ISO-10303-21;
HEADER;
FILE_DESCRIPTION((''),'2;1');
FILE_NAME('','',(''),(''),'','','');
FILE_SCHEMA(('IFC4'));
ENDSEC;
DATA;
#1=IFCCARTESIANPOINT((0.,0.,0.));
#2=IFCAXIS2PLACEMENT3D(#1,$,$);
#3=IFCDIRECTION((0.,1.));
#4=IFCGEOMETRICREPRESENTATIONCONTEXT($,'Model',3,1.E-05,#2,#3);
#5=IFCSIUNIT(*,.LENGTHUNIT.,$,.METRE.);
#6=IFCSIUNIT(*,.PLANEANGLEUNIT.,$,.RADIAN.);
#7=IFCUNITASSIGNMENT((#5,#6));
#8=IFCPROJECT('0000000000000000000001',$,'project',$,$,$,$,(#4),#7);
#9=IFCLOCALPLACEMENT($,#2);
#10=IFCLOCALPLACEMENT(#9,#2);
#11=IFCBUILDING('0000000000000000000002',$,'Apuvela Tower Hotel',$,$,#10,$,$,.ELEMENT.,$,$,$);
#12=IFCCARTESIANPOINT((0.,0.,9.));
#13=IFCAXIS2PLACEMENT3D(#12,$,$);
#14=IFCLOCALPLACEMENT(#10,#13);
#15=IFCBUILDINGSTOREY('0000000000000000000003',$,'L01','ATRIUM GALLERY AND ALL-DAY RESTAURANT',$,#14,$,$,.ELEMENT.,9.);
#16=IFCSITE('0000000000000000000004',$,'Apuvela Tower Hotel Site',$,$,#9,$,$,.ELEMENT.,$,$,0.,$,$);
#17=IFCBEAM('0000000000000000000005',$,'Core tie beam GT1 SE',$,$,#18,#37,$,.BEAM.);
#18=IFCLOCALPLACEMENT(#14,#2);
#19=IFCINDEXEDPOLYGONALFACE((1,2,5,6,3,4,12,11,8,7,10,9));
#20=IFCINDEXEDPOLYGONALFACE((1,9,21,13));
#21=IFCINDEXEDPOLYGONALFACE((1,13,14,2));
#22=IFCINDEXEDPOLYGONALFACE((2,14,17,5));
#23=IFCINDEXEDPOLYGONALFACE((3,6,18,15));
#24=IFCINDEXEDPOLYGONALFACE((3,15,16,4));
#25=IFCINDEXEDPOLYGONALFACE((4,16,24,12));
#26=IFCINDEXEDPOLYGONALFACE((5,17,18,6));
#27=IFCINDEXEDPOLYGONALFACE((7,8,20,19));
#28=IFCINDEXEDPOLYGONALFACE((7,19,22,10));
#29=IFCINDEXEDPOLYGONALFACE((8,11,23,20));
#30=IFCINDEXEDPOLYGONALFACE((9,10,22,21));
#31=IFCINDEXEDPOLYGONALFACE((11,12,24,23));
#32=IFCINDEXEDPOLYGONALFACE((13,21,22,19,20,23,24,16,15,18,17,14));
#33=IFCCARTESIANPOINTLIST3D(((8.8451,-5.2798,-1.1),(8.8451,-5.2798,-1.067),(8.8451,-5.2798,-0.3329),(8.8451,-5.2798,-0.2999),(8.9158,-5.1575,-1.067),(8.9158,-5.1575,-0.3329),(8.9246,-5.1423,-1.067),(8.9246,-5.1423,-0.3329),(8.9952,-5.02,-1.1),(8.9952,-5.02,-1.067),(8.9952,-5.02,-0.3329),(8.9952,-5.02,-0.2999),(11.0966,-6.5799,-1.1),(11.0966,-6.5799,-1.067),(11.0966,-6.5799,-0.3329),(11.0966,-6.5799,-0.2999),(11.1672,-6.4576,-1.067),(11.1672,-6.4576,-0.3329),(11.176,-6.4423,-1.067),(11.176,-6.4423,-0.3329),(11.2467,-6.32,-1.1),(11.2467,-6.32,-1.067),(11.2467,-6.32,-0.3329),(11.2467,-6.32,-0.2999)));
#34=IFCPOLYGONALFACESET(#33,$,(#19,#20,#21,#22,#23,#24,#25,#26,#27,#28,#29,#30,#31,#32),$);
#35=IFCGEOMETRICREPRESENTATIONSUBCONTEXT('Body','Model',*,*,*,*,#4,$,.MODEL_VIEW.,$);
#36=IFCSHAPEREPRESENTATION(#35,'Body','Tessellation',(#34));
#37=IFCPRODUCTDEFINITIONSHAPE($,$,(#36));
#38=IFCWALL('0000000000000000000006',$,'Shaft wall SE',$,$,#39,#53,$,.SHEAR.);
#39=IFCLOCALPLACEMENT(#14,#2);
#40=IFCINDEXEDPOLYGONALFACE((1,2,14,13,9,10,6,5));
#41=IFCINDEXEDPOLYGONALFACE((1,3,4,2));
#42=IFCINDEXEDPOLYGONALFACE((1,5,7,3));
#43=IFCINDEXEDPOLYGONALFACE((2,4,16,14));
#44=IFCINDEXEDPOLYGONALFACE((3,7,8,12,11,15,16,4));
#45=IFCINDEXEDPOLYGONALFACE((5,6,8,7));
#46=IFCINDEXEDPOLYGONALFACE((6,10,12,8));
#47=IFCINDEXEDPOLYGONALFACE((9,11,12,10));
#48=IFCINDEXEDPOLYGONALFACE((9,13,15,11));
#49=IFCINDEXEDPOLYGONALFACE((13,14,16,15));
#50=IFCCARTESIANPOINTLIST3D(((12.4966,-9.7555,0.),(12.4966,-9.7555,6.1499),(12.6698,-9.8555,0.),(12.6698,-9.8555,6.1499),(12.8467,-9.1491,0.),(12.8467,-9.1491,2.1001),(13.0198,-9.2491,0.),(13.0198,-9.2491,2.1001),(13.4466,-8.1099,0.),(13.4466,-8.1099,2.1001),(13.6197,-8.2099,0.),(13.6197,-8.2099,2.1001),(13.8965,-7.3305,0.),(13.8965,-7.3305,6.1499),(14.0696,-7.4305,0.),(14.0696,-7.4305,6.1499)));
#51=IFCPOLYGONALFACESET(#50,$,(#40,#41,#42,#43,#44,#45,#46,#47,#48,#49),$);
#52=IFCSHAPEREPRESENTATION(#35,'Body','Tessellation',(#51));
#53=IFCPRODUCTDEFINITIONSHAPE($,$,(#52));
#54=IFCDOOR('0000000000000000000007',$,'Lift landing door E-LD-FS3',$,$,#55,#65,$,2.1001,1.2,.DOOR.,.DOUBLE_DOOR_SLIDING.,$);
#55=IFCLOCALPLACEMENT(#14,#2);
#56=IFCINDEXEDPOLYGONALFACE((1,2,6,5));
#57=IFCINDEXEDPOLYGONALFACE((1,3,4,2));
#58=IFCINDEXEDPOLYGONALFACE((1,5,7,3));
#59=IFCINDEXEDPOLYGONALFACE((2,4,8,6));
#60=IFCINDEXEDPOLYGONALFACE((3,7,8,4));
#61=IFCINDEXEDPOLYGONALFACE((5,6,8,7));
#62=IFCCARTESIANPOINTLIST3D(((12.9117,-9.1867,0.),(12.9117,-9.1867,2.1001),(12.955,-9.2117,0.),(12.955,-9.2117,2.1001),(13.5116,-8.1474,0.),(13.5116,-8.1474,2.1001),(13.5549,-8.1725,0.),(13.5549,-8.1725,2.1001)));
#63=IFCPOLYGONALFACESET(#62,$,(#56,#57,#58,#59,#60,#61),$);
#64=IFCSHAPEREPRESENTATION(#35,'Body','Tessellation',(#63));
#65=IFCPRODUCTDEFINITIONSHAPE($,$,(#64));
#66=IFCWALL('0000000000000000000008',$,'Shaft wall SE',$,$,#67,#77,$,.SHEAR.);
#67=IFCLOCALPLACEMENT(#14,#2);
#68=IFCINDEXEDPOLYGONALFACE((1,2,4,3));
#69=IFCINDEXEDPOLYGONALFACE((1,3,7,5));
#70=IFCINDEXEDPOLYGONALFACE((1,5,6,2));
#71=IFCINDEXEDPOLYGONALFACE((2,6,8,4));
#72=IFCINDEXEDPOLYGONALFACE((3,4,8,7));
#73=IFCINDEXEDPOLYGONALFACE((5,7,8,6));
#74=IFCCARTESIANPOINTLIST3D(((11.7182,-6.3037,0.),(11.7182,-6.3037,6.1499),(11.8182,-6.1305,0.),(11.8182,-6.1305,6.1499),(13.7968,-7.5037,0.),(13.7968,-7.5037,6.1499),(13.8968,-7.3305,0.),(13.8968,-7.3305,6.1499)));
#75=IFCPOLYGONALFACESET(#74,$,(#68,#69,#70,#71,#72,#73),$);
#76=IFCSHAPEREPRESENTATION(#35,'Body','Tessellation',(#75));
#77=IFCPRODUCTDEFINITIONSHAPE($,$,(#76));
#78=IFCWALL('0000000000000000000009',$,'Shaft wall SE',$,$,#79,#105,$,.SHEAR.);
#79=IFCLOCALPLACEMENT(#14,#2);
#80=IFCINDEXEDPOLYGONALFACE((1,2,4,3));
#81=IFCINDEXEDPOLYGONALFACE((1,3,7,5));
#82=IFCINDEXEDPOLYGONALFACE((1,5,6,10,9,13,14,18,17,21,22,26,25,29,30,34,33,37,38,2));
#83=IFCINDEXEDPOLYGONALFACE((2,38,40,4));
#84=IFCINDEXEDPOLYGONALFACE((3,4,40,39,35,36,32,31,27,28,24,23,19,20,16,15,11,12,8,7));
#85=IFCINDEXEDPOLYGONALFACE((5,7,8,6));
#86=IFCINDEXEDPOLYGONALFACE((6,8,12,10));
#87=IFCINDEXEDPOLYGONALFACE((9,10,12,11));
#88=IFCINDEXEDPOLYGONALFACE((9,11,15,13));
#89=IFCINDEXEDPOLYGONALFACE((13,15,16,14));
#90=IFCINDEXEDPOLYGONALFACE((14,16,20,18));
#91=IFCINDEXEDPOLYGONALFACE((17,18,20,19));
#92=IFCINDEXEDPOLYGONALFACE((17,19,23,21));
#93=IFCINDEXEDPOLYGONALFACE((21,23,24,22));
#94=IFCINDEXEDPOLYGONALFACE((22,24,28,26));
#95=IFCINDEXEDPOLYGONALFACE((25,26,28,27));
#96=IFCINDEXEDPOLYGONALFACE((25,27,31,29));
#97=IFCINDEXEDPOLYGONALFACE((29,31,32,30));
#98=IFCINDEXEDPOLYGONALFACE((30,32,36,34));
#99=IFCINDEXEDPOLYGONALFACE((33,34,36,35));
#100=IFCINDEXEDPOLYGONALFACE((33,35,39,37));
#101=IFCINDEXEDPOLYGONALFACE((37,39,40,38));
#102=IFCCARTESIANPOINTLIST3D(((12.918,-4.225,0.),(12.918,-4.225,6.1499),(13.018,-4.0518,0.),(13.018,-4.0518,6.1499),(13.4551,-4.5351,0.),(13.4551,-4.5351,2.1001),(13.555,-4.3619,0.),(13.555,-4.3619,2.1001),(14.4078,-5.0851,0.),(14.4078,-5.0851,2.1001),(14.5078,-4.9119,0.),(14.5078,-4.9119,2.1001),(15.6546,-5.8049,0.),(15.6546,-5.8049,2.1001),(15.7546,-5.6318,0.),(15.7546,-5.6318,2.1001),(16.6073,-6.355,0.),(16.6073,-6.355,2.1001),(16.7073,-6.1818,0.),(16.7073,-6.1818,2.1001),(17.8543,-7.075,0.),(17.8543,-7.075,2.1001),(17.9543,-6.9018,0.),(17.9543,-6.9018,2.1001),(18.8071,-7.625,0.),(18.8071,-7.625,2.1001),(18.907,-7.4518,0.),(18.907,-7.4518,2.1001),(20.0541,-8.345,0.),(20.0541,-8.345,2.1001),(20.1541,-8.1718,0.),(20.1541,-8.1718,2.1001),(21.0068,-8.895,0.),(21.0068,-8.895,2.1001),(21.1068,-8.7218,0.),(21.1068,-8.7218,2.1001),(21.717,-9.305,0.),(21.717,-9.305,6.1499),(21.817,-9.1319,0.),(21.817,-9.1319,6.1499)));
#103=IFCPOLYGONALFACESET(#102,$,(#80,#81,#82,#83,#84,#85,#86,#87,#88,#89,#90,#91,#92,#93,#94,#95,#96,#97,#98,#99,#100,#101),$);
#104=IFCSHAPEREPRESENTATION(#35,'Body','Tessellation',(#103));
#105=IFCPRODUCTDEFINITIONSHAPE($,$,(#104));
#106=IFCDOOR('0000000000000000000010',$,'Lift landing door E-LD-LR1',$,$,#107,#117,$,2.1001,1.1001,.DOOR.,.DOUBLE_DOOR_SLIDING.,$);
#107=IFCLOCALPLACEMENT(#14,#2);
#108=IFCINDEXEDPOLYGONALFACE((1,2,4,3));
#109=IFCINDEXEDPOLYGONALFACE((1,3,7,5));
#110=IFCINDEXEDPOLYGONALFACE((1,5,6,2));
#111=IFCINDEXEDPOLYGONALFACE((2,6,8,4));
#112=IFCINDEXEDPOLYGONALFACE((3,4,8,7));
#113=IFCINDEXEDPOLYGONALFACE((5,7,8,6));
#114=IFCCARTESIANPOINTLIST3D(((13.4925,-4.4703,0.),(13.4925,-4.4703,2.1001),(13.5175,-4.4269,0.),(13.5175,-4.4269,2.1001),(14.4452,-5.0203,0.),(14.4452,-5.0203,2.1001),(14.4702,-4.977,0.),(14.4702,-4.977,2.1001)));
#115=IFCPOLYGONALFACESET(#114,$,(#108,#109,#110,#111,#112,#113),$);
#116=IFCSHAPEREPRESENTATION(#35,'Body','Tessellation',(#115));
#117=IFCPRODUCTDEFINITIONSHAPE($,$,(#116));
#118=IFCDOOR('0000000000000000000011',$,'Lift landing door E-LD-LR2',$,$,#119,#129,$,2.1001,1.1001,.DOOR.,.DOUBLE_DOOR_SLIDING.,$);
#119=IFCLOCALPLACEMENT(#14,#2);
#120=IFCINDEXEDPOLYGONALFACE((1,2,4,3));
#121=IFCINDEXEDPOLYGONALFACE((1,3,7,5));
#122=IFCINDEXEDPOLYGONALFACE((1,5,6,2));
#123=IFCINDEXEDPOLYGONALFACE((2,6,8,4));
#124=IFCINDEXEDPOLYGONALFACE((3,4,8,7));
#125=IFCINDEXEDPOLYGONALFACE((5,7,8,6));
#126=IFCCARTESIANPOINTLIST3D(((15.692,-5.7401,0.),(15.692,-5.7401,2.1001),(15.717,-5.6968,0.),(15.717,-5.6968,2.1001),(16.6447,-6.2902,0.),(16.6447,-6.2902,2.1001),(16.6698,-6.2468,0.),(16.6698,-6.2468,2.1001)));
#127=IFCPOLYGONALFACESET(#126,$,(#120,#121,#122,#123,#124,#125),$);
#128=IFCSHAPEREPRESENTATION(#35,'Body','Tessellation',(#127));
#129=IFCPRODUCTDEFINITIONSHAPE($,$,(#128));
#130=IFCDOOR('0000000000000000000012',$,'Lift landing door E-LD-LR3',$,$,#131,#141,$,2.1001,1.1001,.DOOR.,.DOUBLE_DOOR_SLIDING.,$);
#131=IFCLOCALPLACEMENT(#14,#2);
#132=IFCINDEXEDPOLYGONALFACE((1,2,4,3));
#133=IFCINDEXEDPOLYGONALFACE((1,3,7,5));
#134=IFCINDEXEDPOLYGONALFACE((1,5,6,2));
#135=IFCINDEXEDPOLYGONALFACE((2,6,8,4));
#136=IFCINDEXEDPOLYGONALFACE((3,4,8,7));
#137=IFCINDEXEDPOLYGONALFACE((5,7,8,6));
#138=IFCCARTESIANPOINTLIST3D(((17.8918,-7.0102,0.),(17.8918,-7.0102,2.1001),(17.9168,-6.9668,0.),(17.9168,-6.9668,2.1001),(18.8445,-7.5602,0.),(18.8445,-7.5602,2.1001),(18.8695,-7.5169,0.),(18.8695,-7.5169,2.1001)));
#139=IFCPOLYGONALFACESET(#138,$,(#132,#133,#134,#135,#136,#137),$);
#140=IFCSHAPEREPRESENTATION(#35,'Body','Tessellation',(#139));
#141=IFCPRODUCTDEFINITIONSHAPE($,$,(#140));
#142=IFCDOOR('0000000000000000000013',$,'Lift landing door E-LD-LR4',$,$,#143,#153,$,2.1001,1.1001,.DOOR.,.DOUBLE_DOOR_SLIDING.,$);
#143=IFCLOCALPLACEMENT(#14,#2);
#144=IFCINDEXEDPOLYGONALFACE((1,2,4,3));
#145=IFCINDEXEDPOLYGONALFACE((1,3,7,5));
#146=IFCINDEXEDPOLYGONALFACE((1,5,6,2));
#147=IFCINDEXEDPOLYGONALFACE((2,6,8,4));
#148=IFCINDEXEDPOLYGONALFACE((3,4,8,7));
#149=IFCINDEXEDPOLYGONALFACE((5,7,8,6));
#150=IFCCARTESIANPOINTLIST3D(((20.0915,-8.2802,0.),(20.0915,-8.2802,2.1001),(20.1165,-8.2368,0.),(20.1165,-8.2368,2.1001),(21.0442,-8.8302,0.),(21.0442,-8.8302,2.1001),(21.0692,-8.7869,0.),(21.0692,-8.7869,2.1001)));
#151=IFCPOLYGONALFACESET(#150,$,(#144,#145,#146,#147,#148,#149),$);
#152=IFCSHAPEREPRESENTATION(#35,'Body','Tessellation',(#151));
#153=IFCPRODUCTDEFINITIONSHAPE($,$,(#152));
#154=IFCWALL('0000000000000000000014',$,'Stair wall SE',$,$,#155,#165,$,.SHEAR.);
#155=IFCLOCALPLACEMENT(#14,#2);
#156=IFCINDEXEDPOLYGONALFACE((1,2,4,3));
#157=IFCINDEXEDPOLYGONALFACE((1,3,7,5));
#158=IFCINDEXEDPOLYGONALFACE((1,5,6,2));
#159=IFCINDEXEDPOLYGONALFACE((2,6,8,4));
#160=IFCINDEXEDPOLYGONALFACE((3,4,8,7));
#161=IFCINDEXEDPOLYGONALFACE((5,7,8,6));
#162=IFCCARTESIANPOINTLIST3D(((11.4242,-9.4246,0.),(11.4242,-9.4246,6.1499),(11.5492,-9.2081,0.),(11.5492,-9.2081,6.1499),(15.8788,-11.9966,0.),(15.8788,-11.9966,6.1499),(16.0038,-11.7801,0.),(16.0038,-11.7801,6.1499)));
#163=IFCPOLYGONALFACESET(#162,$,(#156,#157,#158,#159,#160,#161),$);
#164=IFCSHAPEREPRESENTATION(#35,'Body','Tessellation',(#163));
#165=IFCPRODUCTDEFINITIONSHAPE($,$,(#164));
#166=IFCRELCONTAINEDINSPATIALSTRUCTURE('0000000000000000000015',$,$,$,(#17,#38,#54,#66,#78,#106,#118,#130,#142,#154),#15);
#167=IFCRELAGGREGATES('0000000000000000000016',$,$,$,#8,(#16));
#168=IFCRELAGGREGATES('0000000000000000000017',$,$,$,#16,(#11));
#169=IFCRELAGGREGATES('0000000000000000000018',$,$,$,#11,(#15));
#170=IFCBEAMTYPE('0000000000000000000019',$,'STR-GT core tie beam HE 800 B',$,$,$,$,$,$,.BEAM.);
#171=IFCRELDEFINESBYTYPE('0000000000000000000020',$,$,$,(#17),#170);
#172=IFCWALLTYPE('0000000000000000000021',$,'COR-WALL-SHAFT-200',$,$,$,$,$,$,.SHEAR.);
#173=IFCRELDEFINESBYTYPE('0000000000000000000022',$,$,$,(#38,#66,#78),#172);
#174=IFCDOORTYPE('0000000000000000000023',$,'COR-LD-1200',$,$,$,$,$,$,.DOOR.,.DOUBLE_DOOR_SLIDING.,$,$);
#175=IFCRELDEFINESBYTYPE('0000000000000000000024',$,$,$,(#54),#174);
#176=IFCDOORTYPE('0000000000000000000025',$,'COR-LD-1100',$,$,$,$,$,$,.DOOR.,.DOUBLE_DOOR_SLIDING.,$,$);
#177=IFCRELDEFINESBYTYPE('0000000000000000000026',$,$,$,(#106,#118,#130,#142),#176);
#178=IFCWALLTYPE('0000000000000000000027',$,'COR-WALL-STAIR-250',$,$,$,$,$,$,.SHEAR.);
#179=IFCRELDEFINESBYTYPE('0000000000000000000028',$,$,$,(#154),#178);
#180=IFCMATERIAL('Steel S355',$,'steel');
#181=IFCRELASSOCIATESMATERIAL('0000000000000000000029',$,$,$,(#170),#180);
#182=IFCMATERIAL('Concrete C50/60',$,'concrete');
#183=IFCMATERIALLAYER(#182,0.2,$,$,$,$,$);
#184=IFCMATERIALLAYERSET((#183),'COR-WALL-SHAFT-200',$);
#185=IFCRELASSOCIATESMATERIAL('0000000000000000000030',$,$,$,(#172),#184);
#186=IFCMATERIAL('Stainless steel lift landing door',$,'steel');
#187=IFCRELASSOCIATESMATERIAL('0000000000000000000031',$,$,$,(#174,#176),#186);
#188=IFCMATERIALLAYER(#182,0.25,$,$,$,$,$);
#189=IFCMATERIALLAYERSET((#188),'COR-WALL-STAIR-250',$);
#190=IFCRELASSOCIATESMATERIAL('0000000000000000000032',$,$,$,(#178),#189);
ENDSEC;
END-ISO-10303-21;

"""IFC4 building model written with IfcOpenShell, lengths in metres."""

from ifc_helpers import new_model, si_unit, direction, frame, frame_2d, origin, origin_2d, place, context, subcontext, project, spatial, rectangle, i_section, extrude, material, layer, layer_set, material_profile, profile_set, type_object, element, fill, save


model = new_model("IFC4")

# Units and contexts
model_context = context("Model", 3, precision=1e-05, world=origin(), true_north=direction((0.0, 1.0)))
body_context = subcontext(model_context, "Body", "Model", "MODEL_VIEW")
ifc_project = project(units=[si_unit("LENGTHUNIT", "METRE"), si_unit("PLANEANGLEUNIT", "RADIAN")], contexts=[model_context])

# Site, building, storey
site_placement = place(None, origin())
site = spatial("IfcSite", under=ifc_project, at=site_placement, Name="Apuvela Tower Hotel Site", CompositionType="ELEMENT", RefElevation=0.0)
building_placement = place(site_placement, origin())
building = spatial("IfcBuilding", under=site, at=building_placement, Name="Apuvela Tower Hotel", CompositionType="ELEMENT")
storey_placement = place(building_placement, frame((0.0, 0.0, 9.0)))
storey = spatial("IfcBuildingStorey", under=building, at=storey_placement, Name="L01", Description="ATRIUM GALLERY AND ALL-DAY RESTAURANT", CompositionType="ELEMENT", Elevation=9.0)

# Beam
ifc_material_1 = material(Name="Steel S355", Category="steel")
ifc_material_profile = material_profile(ifc_material_1, i_section(OverallWidth=0.3, OverallDepth=0.8, WebThickness=0.0176, FlangeThickness=0.033, at=origin_2d()), Name="HE 800 B")
ifc_profile_set = profile_set([ifc_material_profile], Name="Steel S355")
beam_type = type_object("IfcBeamType", Name="STR-GT core tie beam HE 800 B", PredefinedType="BEAM", material=ifc_profile_set)
beam_placement = place(storey_placement, frame((11.1716, -6.45, -0.7), z_axis=(-0.865998, 0.500048, 0.0), x_axis=(-0.500048, -0.865998, 0.0)))
element("IfcBeam", 1, at=beam_placement, inside=storey, type_object=beam_type, Name="Core tie beam GT1 SE", PredefinedType="BEAM", context=body_context, shape_type="SweptSolid", body=[
    extrude(i_section(OverallWidth=0.3, OverallDepth=0.8, WebThickness=0.0176, FlangeThickness=0.033, at=origin_2d()), origin(), (0.0, 0.0, 1.0), 2.5999),
])

# Wall, opening, door
ifc_material_2 = material(Name="Concrete C50/60", Category="concrete")
ifc_layer_1 = layer(ifc_material_2, 0.2)
ifc_layer_set_1 = layer_set([ifc_layer_1], Name="COR-WALL-SHAFT-200")
wall_type_1 = type_object("IfcWallType", Name="COR-WALL-SHAFT-200", PredefinedType="SHEAR", material=ifc_layer_set_1)
wall_1_placement = place(storey_placement, frame((12.5833, -9.8054, 0.0), z_axis=(0.0, 0.0, 1.0), x_axis=(0.499946, 0.866056, 0.0)))
wall_1 = element("IfcWall", 2, at=wall_1_placement, inside=storey, type_object=wall_type_1, Name="Shaft wall SE", PredefinedType="SHEAR", context=body_context, shape_type="SweptSolid", body=[
    extrude(rectangle(XDim=2.8, YDim=0.2, at=frame_2d((1.3999, 0.0))), origin(), (0.0, 0.0, 1.0), 6.1499),
])
opening_1_placement = place(wall_1_placement, frame((0.7, 0.0, 0.0)))
opening_1 = element("IfcOpeningElement", 3, at=opening_1_placement, cuts=wall_1, PredefinedType="OPENING", context=body_context, shape_type="SweptSolid", body=[
    extrude(rectangle(XDim=1.2, YDim=2.1001, at=frame_2d((0.6001, 1.05))), frame((0.0, 0.1099, 0.0), z_axis=(0.0, -1.0, 0.0), x_axis=(1.0, 0.0, 0.0)), (0.0, 0.0, 1.0), 0.22),
])
ifc_material_3 = material(Name="Stainless steel lift landing door", Category="steel")
door_type_1 = type_object("IfcDoorType", Name="COR-LD-1200", OperationType="DOUBLE_DOOR_SLIDING", PredefinedType="DOOR", material=ifc_material_3)
door_1_placement = place(opening_1_placement, origin())
door_1 = element("IfcDoor", 4, at=door_1_placement, inside=storey, type_object=door_type_1, Name="Lift landing door E-LD-FS3", OperationType="DOUBLE_DOOR_SLIDING", OverallHeight=2.1001, OverallWidth=1.2, PredefinedType="DOOR", context=body_context, shape_type="SweptSolid", body=[
    extrude(rectangle(XDim=1.2, YDim=2.1001, at=frame_2d((0.6001, 1.05))), frame((0.0, 0.0249, 0.0), z_axis=(0.0, -1.0, 0.0), x_axis=(1.0, 0.0, 0.0)), (0.0, 0.0, 1.0), 0.05),
])
fill(opening_1, door_1)

# Wall
wall_2_placement = place(storey_placement, frame((11.7681, -6.217, 0.0), z_axis=(0.0, 0.0, 1.0), x_axis=(0.86605, -0.499957, 0.0)))
element("IfcWall", 5, at=wall_2_placement, inside=storey, type_object=wall_type_1, Name="Shaft wall SE", PredefinedType="SHEAR", context=body_context, shape_type="SweptSolid", body=[
    extrude(rectangle(XDim=2.4001, YDim=0.2, at=frame_2d((1.2002, 0.0))), origin(), (0.0, 0.0, 1.0), 6.1499),
])

# Wall, openings, doors
wall_3_placement = place(storey_placement, frame((12.968, -4.1384, 0.0), z_axis=(0.0, 0.0, 1.0), x_axis=(0.866028, -0.499995, 0.0)))
wall_3 = element("IfcWall", 6, at=wall_3_placement, inside=storey, type_object=wall_type_1, Name="Shaft wall SE", PredefinedType="SHEAR", context=body_context, shape_type="SweptSolid", body=[
    extrude(rectangle(XDim=10.1602, YDim=0.2, at=frame_2d((5.0801, 0.0))), origin(), (0.0, 0.0, 1.0), 6.1499),
])
opening_2_placement = place(wall_3_placement, frame((0.6201, 0.0, 0.0)))
opening_2 = element("IfcOpeningElement", 7, at=opening_2_placement, cuts=wall_3, PredefinedType="OPENING", context=body_context, shape_type="SweptSolid", body=[
    extrude(rectangle(XDim=1.1001, YDim=2.1001, at=frame_2d((0.55, 1.05))), frame((0.0, 0.1099, 0.0), z_axis=(0.0, -1.0, 0.0), x_axis=(1.0, 0.0, 0.0)), (0.0, 0.0, 1.0), 0.22),
])
opening_3_placement = place(wall_3_placement, frame((3.1599, 0.0, 0.0)))
opening_3 = element("IfcOpeningElement", 8, at=opening_3_placement, cuts=wall_3, PredefinedType="OPENING", context=body_context, shape_type="SweptSolid", body=[
    extrude(rectangle(XDim=1.1001, YDim=2.1001, at=frame_2d((0.55, 1.05))), frame((0.0, 0.1099, 0.0), z_axis=(0.0, -1.0, 0.0), x_axis=(1.0, 0.0, 0.0)), (0.0, 0.0, 1.0), 0.22),
])
opening_4_placement = place(wall_3_placement, frame((5.7, 0.0, 0.0)))
opening_4 = element("IfcOpeningElement", 9, at=opening_4_placement, cuts=wall_3, PredefinedType="OPENING", context=body_context, shape_type="SweptSolid", body=[
    extrude(rectangle(XDim=1.1001, YDim=2.1001, at=frame_2d((0.55, 1.05))), frame((0.0, 0.1099, 0.0), z_axis=(0.0, -1.0, 0.0), x_axis=(1.0, 0.0, 0.0)), (0.0, 0.0, 1.0), 0.22),
])
opening_5_placement = place(wall_3_placement, frame((8.24, 0.0, 0.0)))
opening_5 = element("IfcOpeningElement", 10, at=opening_5_placement, cuts=wall_3, PredefinedType="OPENING", context=body_context, shape_type="SweptSolid", body=[
    extrude(rectangle(XDim=1.1001, YDim=2.1001, at=frame_2d((0.55, 1.05))), frame((0.0, 0.1099, 0.0), z_axis=(0.0, -1.0, 0.0), x_axis=(1.0, 0.0, 0.0)), (0.0, 0.0, 1.0), 0.22),
])
door_type_2 = type_object("IfcDoorType", Name="COR-LD-1100", OperationType="DOUBLE_DOOR_SLIDING", PredefinedType="DOOR", material=ifc_material_3)
door_2_placement = place(opening_2_placement, origin())
door_2 = element("IfcDoor", 11, at=door_2_placement, inside=storey, type_object=door_type_2, Name="Lift landing door E-LD-LR1", OperationType="DOUBLE_DOOR_SLIDING", OverallHeight=2.1001, OverallWidth=1.1001, PredefinedType="DOOR", context=body_context, shape_type="SweptSolid", body=[
    extrude(rectangle(XDim=1.1001, YDim=2.1001, at=frame_2d((0.55, 1.05))), frame((0.0, 0.0249, 0.0), z_axis=(0.0, -1.0, 0.0), x_axis=(1.0, 0.0, 0.0)), (0.0, 0.0, 1.0), 0.05),
])
fill(opening_2, door_2)
door_3_placement = place(opening_3_placement, origin())
door_3 = element("IfcDoor", 12, at=door_3_placement, inside=storey, type_object=door_type_2, Name="Lift landing door E-LD-LR2", OperationType="DOUBLE_DOOR_SLIDING", OverallHeight=2.1001, OverallWidth=1.1001, PredefinedType="DOOR", context=body_context, shape_type="SweptSolid", body=[
    extrude(rectangle(XDim=1.1001, YDim=2.1001, at=frame_2d((0.55, 1.05))), frame((0.0, 0.0249, 0.0), z_axis=(0.0, -1.0, 0.0), x_axis=(1.0, 0.0, 0.0)), (0.0, 0.0, 1.0), 0.05),
])
fill(opening_3, door_3)
door_4_placement = place(opening_4_placement, origin())
door_4 = element("IfcDoor", 13, at=door_4_placement, inside=storey, type_object=door_type_2, Name="Lift landing door E-LD-LR3", OperationType="DOUBLE_DOOR_SLIDING", OverallHeight=2.1001, OverallWidth=1.1001, PredefinedType="DOOR", context=body_context, shape_type="SweptSolid", body=[
    extrude(rectangle(XDim=1.1001, YDim=2.1001, at=frame_2d((0.55, 1.05))), frame((0.0, 0.0249, 0.0), z_axis=(0.0, -1.0, 0.0), x_axis=(1.0, 0.0, 0.0)), (0.0, 0.0, 1.0), 0.05),
])
fill(opening_4, door_4)
door_5_placement = place(opening_5_placement, origin())
door_5 = element("IfcDoor", 14, at=door_5_placement, inside=storey, type_object=door_type_2, Name="Lift landing door E-LD-LR4", OperationType="DOUBLE_DOOR_SLIDING", OverallHeight=2.1001, OverallWidth=1.1001, PredefinedType="DOOR", context=body_context, shape_type="SweptSolid", body=[
    extrude(rectangle(XDim=1.1001, YDim=2.1001, at=frame_2d((0.55, 1.05))), frame((0.0, 0.0249, 0.0), z_axis=(0.0, -1.0, 0.0), x_axis=(1.0, 0.0, 0.0)), (0.0, 0.0, 1.0), 0.05),
])
fill(opening_5, door_5)

# Wall
ifc_layer_2 = layer(ifc_material_2, 0.25)
ifc_layer_set_2 = layer_set([ifc_layer_2], Name="COR-WALL-STAIR-250")
wall_type_2 = type_object("IfcWallType", Name="COR-WALL-STAIR-250", PredefinedType="SHEAR", material=ifc_layer_set_2)
wall_4_placement = place(storey_placement, frame((11.4868, -9.3164, 0.0), z_axis=(0.0, 0.0, 1.0), x_axis=(0.866012, -0.500024, 0.0)))
element("IfcWall", 15, at=wall_4_placement, inside=storey, type_object=wall_type_2, Name="Stair wall SE", PredefinedType="SHEAR", context=body_context, shape_type="SweptSolid", body=[
    extrude(rectangle(XDim=5.1438, YDim=0.25, at=frame_2d((2.5718, 0.0))), origin(), (0.0, 0.0, 1.0), 6.1499),
])

save(model, "model.ifc")
